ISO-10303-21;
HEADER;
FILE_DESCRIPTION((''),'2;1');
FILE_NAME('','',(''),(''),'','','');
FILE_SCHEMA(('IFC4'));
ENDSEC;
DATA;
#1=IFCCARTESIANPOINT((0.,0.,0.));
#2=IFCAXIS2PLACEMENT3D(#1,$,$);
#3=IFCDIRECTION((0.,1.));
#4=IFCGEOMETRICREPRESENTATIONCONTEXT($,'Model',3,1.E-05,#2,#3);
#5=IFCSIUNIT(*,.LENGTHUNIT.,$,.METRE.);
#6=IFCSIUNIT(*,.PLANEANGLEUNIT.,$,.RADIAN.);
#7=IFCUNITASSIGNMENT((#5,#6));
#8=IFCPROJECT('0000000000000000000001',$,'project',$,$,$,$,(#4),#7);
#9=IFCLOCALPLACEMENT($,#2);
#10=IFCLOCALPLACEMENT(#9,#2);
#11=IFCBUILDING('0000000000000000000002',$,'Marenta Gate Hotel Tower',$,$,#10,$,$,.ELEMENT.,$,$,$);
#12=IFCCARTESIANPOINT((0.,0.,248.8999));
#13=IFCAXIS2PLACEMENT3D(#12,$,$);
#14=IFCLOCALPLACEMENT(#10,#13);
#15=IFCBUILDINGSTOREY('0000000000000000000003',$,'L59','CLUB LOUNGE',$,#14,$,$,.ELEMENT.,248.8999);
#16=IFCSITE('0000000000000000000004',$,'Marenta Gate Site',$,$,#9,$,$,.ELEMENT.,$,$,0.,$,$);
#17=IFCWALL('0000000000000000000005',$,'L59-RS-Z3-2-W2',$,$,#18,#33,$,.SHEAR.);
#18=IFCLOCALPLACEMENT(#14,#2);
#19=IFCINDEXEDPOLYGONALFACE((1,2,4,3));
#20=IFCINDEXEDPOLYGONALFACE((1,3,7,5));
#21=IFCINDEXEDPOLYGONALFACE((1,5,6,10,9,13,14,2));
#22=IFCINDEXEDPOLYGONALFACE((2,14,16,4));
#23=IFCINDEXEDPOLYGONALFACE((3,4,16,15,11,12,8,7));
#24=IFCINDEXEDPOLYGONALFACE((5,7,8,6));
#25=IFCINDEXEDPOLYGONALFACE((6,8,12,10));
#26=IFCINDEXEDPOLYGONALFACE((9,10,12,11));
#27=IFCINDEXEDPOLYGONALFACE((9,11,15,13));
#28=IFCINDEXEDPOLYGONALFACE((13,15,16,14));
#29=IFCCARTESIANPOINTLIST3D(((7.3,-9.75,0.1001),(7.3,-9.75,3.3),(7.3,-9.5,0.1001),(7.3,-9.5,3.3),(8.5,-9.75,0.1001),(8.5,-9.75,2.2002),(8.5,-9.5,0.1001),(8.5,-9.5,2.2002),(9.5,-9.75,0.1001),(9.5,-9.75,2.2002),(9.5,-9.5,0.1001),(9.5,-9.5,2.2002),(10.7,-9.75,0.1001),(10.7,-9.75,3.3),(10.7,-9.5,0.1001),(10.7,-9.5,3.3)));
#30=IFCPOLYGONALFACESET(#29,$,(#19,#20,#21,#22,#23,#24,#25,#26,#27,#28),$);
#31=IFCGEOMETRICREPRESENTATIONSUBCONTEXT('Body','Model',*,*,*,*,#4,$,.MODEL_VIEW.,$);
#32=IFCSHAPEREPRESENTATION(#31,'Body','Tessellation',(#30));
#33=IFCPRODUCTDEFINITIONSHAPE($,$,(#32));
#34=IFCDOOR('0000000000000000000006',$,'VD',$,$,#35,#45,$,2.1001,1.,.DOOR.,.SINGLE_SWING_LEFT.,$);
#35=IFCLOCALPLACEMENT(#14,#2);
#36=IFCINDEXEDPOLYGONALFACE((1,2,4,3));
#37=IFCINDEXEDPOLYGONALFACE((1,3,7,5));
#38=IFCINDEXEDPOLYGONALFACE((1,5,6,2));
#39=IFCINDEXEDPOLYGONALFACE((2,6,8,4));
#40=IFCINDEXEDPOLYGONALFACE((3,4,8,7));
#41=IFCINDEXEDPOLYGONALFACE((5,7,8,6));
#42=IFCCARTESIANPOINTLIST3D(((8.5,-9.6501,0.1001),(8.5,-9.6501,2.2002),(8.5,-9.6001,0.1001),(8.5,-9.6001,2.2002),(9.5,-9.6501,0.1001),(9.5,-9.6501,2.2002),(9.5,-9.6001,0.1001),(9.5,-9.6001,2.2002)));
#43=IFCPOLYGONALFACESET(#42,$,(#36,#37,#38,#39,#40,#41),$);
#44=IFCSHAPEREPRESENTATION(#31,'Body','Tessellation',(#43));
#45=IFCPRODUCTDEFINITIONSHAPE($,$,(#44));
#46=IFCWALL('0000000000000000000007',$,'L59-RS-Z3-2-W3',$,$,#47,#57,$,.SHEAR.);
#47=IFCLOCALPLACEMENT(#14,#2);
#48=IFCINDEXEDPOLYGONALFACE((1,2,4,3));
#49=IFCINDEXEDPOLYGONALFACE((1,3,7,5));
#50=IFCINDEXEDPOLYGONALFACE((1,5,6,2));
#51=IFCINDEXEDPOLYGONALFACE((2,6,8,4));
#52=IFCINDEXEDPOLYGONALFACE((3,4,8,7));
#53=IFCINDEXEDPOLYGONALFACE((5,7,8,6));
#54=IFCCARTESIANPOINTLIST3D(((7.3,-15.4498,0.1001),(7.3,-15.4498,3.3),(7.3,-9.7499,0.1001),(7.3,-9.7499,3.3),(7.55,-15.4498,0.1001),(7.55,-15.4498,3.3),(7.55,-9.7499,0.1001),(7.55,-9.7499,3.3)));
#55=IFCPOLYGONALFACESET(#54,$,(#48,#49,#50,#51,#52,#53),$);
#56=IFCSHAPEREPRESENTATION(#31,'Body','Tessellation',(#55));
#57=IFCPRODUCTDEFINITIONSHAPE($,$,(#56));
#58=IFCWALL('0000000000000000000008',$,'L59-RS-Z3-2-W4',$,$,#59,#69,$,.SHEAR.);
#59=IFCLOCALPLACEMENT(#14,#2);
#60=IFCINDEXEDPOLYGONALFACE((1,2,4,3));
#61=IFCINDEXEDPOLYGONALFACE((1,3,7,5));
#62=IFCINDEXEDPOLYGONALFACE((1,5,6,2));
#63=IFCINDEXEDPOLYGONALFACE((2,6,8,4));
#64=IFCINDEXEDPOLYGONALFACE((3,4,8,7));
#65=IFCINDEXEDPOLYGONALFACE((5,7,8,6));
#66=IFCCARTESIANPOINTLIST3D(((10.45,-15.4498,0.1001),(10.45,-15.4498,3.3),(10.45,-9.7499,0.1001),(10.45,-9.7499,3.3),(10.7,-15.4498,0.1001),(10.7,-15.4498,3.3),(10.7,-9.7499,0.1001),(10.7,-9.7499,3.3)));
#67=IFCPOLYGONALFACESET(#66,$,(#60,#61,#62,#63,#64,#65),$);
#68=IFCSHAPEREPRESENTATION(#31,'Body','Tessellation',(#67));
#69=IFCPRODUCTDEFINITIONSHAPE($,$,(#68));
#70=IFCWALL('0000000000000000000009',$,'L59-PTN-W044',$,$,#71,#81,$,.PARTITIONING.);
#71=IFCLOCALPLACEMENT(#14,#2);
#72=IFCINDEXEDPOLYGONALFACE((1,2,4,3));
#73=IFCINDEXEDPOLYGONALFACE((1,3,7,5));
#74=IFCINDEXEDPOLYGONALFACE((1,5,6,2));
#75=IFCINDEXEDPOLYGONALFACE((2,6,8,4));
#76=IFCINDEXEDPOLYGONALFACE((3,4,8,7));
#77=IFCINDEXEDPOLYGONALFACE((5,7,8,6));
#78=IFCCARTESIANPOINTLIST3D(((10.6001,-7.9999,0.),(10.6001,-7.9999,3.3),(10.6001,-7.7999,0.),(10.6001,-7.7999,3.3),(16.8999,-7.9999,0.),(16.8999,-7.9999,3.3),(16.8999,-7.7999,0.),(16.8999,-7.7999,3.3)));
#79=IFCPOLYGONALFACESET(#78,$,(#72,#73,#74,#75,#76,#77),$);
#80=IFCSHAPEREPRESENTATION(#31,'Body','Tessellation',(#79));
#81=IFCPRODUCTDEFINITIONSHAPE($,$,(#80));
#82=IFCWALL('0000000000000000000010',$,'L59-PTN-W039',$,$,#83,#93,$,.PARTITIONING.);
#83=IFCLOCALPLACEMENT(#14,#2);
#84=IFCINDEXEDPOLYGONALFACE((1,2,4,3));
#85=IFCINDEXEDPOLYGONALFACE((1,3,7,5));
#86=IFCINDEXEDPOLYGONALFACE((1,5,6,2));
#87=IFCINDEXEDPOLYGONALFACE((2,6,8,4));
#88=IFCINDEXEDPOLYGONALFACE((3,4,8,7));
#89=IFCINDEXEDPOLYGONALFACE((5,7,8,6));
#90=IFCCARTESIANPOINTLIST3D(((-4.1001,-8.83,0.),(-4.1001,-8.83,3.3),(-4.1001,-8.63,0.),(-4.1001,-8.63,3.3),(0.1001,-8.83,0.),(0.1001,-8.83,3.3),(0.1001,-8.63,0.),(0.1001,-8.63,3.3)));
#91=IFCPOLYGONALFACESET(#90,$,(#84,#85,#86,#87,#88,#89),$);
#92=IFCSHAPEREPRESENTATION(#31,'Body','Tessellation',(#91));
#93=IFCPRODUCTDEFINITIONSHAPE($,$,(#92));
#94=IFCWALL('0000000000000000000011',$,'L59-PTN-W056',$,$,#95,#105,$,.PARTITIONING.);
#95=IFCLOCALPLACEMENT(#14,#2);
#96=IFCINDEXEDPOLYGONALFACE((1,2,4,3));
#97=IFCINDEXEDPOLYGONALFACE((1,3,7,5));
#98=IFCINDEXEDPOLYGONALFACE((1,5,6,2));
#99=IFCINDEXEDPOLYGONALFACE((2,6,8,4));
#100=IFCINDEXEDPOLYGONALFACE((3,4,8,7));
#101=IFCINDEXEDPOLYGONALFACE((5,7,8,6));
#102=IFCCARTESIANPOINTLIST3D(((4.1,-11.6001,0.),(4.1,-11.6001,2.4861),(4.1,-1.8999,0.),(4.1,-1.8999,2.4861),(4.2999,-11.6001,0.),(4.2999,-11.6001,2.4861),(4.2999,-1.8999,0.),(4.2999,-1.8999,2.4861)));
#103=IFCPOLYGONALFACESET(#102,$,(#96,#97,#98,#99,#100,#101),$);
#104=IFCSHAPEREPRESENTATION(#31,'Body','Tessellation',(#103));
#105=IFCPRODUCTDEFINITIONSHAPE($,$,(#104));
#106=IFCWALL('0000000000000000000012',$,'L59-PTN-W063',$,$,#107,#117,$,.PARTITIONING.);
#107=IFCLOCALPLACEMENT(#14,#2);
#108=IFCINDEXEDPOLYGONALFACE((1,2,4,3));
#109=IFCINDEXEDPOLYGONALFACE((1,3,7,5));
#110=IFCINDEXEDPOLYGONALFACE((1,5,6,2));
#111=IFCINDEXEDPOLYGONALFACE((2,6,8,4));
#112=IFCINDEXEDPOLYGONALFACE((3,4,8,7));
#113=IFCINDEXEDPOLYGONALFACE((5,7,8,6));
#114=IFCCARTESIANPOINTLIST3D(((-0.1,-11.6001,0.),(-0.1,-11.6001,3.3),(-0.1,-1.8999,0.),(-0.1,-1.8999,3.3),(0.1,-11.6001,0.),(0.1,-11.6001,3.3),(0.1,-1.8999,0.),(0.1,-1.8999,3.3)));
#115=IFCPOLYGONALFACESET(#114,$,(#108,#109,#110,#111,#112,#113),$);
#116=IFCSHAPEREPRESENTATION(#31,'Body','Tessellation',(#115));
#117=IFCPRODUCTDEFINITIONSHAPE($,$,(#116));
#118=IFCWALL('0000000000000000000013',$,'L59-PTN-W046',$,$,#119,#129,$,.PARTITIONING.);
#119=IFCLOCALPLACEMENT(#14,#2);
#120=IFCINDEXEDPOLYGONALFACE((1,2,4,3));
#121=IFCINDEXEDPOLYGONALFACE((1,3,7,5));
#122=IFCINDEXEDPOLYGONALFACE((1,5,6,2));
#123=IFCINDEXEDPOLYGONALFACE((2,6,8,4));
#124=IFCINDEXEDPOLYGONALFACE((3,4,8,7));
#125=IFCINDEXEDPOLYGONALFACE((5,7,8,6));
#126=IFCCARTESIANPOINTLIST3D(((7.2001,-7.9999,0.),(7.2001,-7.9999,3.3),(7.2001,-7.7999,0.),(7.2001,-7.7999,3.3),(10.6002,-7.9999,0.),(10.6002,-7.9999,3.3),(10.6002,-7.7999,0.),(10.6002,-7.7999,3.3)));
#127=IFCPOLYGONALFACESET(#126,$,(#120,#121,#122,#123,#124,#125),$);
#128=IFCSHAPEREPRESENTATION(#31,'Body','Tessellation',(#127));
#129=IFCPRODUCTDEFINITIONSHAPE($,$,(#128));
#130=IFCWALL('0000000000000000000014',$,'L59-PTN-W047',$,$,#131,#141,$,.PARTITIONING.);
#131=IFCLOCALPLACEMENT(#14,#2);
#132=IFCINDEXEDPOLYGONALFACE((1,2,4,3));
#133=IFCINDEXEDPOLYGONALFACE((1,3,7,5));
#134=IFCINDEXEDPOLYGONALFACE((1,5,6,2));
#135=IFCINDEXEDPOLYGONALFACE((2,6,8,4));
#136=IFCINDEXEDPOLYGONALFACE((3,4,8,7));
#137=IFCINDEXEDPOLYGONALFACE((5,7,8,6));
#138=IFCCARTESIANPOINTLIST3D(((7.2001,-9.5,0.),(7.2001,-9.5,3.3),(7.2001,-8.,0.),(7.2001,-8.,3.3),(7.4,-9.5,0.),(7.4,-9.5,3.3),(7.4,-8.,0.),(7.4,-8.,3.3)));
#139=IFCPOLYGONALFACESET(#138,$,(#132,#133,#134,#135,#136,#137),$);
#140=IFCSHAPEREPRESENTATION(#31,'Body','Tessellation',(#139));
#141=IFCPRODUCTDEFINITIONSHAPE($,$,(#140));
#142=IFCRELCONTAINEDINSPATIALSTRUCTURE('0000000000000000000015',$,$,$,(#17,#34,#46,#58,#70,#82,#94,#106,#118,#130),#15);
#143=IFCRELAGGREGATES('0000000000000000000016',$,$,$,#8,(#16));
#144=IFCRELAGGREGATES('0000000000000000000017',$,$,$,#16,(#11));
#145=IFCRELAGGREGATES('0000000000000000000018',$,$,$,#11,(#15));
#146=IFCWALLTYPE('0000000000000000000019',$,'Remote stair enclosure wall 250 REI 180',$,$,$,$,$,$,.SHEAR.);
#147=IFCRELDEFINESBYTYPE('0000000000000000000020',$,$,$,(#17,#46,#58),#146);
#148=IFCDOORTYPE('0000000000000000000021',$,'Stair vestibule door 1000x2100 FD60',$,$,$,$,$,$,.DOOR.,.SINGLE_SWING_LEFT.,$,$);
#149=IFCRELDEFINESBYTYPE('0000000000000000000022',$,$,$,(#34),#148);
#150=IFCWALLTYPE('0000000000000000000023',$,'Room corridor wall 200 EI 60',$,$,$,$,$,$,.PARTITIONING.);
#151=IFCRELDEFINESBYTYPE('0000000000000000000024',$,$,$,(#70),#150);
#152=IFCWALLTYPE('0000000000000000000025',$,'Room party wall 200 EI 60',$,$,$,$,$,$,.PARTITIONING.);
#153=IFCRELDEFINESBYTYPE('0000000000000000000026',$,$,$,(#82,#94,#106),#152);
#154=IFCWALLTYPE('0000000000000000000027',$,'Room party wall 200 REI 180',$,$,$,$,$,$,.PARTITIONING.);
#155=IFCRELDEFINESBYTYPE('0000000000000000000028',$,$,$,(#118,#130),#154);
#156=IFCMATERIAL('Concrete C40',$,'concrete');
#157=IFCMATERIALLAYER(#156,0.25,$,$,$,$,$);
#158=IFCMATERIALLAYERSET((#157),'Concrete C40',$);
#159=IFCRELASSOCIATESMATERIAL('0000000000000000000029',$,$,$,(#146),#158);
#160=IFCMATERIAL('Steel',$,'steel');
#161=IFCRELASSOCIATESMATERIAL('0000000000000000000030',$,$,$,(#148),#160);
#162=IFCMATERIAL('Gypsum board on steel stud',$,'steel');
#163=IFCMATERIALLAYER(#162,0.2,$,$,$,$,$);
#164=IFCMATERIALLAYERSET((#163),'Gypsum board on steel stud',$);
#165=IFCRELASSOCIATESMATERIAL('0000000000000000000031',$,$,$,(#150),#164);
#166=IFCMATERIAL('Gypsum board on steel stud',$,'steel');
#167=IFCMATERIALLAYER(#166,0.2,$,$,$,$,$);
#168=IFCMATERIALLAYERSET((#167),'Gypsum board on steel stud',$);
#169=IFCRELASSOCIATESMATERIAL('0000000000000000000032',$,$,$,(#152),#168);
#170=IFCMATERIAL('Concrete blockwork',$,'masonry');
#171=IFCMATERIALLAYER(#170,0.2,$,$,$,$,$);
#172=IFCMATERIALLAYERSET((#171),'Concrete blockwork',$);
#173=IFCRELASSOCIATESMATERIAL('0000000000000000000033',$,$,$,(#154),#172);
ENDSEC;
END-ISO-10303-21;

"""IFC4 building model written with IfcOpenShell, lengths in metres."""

from ifc_helpers import new_model, si_unit, direction, frame, frame_2d, origin, place, context, subcontext, project, spatial, rectangle, extrude, material, layer, layer_set, type_object, element, fill, save


model = new_model("IFC4")

# Units and contexts
model_context = context("Model", 3, precision=1e-05, world=origin(), true_north=direction((0.0, 1.0)))
body_context = subcontext(model_context, "Body", "Model", "MODEL_VIEW")
ifc_project = project(units=[si_unit("LENGTHUNIT", "METRE"), si_unit("PLANEANGLEUNIT", "RADIAN")], contexts=[model_context])

# Site, building, storey
site_placement = place(None, origin())
site = spatial("IfcSite", under=ifc_project, at=site_placement, Name="Marenta Gate Site", CompositionType="ELEMENT", RefElevation=0.0)
building_placement = place(site_placement, origin())
building = spatial("IfcBuilding", under=site, at=building_placement, Name="Marenta Gate Hotel Tower", CompositionType="ELEMENT")
storey_placement = place(building_placement, frame((0.0, 0.0, 248.8999)))
storey = spatial("IfcBuildingStorey", under=building, at=storey_placement, Name="L59", Description="CLUB LOUNGE", CompositionType="ELEMENT", Elevation=248.8999)

# Shared definitions
ifc_material_1 = material(Name="Concrete C40", Category="concrete")
ifc_layer_1 = layer(ifc_material_1, 0.25)
ifc_layer_set_1 = layer_set([ifc_layer_1], Name="Concrete C40")
wall_type_1 = type_object("IfcWallType", Name="Remote stair enclosure wall 250 REI 180", PredefinedType="SHEAR", material=ifc_layer_set_1)

# Wall, opening, door
wall_1_placement = place(storey_placement, frame((7.3, -9.625, 0.1001), z_axis=(0.0, 0.0, 1.0), x_axis=(1.0, 0.0, 0.0)))
wall_1 = element("IfcWall", 1, at=wall_1_placement, inside=storey, type_object=wall_type_1, Name="L59-RS-Z3-2-W2", PredefinedType="SHEAR", context=body_context, shape_type="SweptSolid", body=[
    extrude(rectangle(XDim=3.3999, YDim=0.25, at=frame_2d((1.7, 0.0))), origin(), (0.0, 0.0, 1.0), 3.2),
])
opening_1_placement = place(wall_1_placement, frame((1.2, 0.0, 0.0)))
opening_1 = element("IfcOpeningElement", 2, at=opening_1_placement, cuts=wall_1, PredefinedType="OPENING", context=body_context, shape_type="SweptSolid", body=[
    extrude(rectangle(XDim=1.0, YDim=2.1001, at=frame_2d((0.5, 1.05))), frame((0.0, 0.125, 0.0), z_axis=(0.0, -1.0, 0.0), x_axis=(1.0, 0.0, 0.0)), (0.0, 0.0, 1.0), 0.25),
])
ifc_material_2 = material(Name="Steel", Category="steel")
door_type_1 = type_object("IfcDoorType", Name="Stair vestibule door 1000x2100 FD60", OperationType="SINGLE_SWING_LEFT", PredefinedType="DOOR", material=ifc_material_2)
door_1_placement = place(opening_1_placement, origin())
door_1 = element("IfcDoor", 3, at=door_1_placement, inside=storey, type_object=door_type_1, Name="VD", OperationType="SINGLE_SWING_LEFT", OverallHeight=2.1001, OverallWidth=1.0, PredefinedType="DOOR", context=body_context, shape_type="SweptSolid", body=[
    extrude(rectangle(XDim=1.0, YDim=2.1001, at=frame_2d((0.5, 1.05))), frame((0.0, 0.0249, 0.0), z_axis=(0.0, -1.0, 0.0), x_axis=(1.0, 0.0, 0.0)), (0.0, 0.0, 1.0), 0.05),
])
fill(opening_1, door_1)

# Walls
for number, where, z_axis, x_axis, name in (
    (4, (7.425, -15.45, 0.1001), (0.0, 0.0, 1.0), (0.0, 1.0, 0.0), "L59-RS-Z3-2-W3"),
    (5, (10.575, -15.45, 0.1001), (0.0, 0.0, 1.0), (0.0, 1.0, 0.0), "L59-RS-Z3-2-W4"),
):
    element("IfcWall", number, at=place(storey_placement, frame(where, z_axis=z_axis, x_axis=x_axis)), inside=storey, type_object=wall_type_1, Name=name, PredefinedType="SHEAR", context=body_context, shape_type="SweptSolid", body=[
        extrude(rectangle(XDim=5.7, YDim=0.25, at=frame_2d((2.8501, 0.0))), origin(), (0.0, 0.0, 1.0), 3.2),
    ])

# Shared definitions
ifc_material_3 = material(Name="Gypsum board on steel stud", Category="steel")
ifc_layer_2 = layer(ifc_material_3, 0.2)
ifc_layer_set_2 = layer_set([ifc_layer_2], Name="Gypsum board on steel stud")
wall_type_2 = type_object("IfcWallType", Name="Room corridor wall 200 EI 60", PredefinedType="PARTITIONING", material=ifc_layer_set_2)

# Wall
wall_2_placement = place(storey_placement, frame((10.6001, -7.8999, 0.0), z_axis=(0.0, 0.0, 1.0), x_axis=(1.0, 0.0, 0.0)))
element("IfcWall", 6, at=wall_2_placement, inside=storey, type_object=wall_type_2, Name="L59-PTN-W044", PredefinedType="PARTITIONING", context=body_context, shape_type="SweptSolid", body=[
    extrude(rectangle(XDim=6.2998, YDim=0.2, at=frame_2d((3.1499, 0.0))), origin(), (0.0, 0.0, 1.0), 3.3),
])

# Walls
ifc_material_4 = material(Name="Gypsum board on steel stud", Category="steel")
ifc_layer_3 = layer(ifc_material_4, 0.2)
ifc_layer_set_3 = layer_set([ifc_layer_3], Name="Gypsum board on steel stud")
wall_type_3 = type_object("IfcWallType", Name="Room party wall 200 EI 60", PredefinedType="PARTITIONING", material=ifc_layer_set_3)
wall_3_placement = place(storey_placement, frame((-4.1001, -8.73, 0.0), z_axis=(0.0, 0.0, 1.0), x_axis=(1.0, 0.0, 0.0)))
element("IfcWall", 7, at=wall_3_placement, inside=storey, type_object=wall_type_3, Name="L59-PTN-W039", PredefinedType="PARTITIONING", context=body_context, shape_type="SweptSolid", body=[
    extrude(rectangle(XDim=4.2002, YDim=0.2, at=frame_2d((2.1001, 0.0))), origin(), (0.0, 0.0, 1.0), 3.3),
])
wall_4_placement = place(storey_placement, frame((4.2, -11.6001, 0.0), z_axis=(0.0, 0.0, 1.0), x_axis=(0.0, 1.0, 0.0)))
element("IfcWall", 8, at=wall_4_placement, inside=storey, type_object=wall_type_3, Name="L59-PTN-W056", PredefinedType="PARTITIONING", context=body_context, shape_type="SweptSolid", body=[
    extrude(rectangle(XDim=9.7002, YDim=0.2, at=frame_2d((4.8501, 0.0))), origin(), (0.0, 0.0, 1.0), 2.4861),
])
wall_5_placement = place(storey_placement, frame((0.0, -11.6001, 0.0), z_axis=(0.0, 0.0, 1.0), x_axis=(0.0, 1.0, 0.0)))
element("IfcWall", 9, at=wall_5_placement, inside=storey, type_object=wall_type_3, Name="L59-PTN-W063", PredefinedType="PARTITIONING", context=body_context, shape_type="SweptSolid", body=[
    extrude(rectangle(XDim=9.7002, YDim=0.2, at=frame_2d((4.8501, 0.0))), origin(), (0.0, 0.0, 1.0), 3.3),
])
ifc_material_5 = material(Name="Concrete blockwork", Category="masonry")
ifc_layer_4 = layer(ifc_material_5, 0.2)
ifc_layer_set_4 = layer_set([ifc_layer_4], Name="Concrete blockwork")
wall_type_4 = type_object("IfcWallType", Name="Room party wall 200 REI 180", PredefinedType="PARTITIONING", material=ifc_layer_set_4)
wall_6_placement = place(storey_placement, frame((7.2, -7.8999, 0.0), z_axis=(0.0, 0.0, 1.0), x_axis=(1.0, 0.0, 0.0)))
element("IfcWall", 10, at=wall_6_placement, inside=storey, type_object=wall_type_4, Name="L59-PTN-W046", PredefinedType="PARTITIONING", context=body_context, shape_type="SweptSolid", body=[
    extrude(rectangle(XDim=3.4001, YDim=0.2, at=frame_2d((1.7002, 0.0))), origin(), (0.0, 0.0, 1.0), 3.3),
])
wall_7_placement = place(storey_placement, frame((7.3, -9.5, 0.0), z_axis=(0.0, 0.0, 1.0), x_axis=(0.0, 1.0, 0.0)))
element("IfcWall", 11, at=wall_7_placement, inside=storey, type_object=wall_type_4, Name="L59-PTN-W047", PredefinedType="PARTITIONING", context=body_context, shape_type="SweptSolid", body=[
    extrude(rectangle(XDim=1.5, YDim=0.2, at=frame_2d((0.75, 0.0))), origin(), (0.0, 0.0, 1.0), 3.3),
])

save(model, "model.ifc")
